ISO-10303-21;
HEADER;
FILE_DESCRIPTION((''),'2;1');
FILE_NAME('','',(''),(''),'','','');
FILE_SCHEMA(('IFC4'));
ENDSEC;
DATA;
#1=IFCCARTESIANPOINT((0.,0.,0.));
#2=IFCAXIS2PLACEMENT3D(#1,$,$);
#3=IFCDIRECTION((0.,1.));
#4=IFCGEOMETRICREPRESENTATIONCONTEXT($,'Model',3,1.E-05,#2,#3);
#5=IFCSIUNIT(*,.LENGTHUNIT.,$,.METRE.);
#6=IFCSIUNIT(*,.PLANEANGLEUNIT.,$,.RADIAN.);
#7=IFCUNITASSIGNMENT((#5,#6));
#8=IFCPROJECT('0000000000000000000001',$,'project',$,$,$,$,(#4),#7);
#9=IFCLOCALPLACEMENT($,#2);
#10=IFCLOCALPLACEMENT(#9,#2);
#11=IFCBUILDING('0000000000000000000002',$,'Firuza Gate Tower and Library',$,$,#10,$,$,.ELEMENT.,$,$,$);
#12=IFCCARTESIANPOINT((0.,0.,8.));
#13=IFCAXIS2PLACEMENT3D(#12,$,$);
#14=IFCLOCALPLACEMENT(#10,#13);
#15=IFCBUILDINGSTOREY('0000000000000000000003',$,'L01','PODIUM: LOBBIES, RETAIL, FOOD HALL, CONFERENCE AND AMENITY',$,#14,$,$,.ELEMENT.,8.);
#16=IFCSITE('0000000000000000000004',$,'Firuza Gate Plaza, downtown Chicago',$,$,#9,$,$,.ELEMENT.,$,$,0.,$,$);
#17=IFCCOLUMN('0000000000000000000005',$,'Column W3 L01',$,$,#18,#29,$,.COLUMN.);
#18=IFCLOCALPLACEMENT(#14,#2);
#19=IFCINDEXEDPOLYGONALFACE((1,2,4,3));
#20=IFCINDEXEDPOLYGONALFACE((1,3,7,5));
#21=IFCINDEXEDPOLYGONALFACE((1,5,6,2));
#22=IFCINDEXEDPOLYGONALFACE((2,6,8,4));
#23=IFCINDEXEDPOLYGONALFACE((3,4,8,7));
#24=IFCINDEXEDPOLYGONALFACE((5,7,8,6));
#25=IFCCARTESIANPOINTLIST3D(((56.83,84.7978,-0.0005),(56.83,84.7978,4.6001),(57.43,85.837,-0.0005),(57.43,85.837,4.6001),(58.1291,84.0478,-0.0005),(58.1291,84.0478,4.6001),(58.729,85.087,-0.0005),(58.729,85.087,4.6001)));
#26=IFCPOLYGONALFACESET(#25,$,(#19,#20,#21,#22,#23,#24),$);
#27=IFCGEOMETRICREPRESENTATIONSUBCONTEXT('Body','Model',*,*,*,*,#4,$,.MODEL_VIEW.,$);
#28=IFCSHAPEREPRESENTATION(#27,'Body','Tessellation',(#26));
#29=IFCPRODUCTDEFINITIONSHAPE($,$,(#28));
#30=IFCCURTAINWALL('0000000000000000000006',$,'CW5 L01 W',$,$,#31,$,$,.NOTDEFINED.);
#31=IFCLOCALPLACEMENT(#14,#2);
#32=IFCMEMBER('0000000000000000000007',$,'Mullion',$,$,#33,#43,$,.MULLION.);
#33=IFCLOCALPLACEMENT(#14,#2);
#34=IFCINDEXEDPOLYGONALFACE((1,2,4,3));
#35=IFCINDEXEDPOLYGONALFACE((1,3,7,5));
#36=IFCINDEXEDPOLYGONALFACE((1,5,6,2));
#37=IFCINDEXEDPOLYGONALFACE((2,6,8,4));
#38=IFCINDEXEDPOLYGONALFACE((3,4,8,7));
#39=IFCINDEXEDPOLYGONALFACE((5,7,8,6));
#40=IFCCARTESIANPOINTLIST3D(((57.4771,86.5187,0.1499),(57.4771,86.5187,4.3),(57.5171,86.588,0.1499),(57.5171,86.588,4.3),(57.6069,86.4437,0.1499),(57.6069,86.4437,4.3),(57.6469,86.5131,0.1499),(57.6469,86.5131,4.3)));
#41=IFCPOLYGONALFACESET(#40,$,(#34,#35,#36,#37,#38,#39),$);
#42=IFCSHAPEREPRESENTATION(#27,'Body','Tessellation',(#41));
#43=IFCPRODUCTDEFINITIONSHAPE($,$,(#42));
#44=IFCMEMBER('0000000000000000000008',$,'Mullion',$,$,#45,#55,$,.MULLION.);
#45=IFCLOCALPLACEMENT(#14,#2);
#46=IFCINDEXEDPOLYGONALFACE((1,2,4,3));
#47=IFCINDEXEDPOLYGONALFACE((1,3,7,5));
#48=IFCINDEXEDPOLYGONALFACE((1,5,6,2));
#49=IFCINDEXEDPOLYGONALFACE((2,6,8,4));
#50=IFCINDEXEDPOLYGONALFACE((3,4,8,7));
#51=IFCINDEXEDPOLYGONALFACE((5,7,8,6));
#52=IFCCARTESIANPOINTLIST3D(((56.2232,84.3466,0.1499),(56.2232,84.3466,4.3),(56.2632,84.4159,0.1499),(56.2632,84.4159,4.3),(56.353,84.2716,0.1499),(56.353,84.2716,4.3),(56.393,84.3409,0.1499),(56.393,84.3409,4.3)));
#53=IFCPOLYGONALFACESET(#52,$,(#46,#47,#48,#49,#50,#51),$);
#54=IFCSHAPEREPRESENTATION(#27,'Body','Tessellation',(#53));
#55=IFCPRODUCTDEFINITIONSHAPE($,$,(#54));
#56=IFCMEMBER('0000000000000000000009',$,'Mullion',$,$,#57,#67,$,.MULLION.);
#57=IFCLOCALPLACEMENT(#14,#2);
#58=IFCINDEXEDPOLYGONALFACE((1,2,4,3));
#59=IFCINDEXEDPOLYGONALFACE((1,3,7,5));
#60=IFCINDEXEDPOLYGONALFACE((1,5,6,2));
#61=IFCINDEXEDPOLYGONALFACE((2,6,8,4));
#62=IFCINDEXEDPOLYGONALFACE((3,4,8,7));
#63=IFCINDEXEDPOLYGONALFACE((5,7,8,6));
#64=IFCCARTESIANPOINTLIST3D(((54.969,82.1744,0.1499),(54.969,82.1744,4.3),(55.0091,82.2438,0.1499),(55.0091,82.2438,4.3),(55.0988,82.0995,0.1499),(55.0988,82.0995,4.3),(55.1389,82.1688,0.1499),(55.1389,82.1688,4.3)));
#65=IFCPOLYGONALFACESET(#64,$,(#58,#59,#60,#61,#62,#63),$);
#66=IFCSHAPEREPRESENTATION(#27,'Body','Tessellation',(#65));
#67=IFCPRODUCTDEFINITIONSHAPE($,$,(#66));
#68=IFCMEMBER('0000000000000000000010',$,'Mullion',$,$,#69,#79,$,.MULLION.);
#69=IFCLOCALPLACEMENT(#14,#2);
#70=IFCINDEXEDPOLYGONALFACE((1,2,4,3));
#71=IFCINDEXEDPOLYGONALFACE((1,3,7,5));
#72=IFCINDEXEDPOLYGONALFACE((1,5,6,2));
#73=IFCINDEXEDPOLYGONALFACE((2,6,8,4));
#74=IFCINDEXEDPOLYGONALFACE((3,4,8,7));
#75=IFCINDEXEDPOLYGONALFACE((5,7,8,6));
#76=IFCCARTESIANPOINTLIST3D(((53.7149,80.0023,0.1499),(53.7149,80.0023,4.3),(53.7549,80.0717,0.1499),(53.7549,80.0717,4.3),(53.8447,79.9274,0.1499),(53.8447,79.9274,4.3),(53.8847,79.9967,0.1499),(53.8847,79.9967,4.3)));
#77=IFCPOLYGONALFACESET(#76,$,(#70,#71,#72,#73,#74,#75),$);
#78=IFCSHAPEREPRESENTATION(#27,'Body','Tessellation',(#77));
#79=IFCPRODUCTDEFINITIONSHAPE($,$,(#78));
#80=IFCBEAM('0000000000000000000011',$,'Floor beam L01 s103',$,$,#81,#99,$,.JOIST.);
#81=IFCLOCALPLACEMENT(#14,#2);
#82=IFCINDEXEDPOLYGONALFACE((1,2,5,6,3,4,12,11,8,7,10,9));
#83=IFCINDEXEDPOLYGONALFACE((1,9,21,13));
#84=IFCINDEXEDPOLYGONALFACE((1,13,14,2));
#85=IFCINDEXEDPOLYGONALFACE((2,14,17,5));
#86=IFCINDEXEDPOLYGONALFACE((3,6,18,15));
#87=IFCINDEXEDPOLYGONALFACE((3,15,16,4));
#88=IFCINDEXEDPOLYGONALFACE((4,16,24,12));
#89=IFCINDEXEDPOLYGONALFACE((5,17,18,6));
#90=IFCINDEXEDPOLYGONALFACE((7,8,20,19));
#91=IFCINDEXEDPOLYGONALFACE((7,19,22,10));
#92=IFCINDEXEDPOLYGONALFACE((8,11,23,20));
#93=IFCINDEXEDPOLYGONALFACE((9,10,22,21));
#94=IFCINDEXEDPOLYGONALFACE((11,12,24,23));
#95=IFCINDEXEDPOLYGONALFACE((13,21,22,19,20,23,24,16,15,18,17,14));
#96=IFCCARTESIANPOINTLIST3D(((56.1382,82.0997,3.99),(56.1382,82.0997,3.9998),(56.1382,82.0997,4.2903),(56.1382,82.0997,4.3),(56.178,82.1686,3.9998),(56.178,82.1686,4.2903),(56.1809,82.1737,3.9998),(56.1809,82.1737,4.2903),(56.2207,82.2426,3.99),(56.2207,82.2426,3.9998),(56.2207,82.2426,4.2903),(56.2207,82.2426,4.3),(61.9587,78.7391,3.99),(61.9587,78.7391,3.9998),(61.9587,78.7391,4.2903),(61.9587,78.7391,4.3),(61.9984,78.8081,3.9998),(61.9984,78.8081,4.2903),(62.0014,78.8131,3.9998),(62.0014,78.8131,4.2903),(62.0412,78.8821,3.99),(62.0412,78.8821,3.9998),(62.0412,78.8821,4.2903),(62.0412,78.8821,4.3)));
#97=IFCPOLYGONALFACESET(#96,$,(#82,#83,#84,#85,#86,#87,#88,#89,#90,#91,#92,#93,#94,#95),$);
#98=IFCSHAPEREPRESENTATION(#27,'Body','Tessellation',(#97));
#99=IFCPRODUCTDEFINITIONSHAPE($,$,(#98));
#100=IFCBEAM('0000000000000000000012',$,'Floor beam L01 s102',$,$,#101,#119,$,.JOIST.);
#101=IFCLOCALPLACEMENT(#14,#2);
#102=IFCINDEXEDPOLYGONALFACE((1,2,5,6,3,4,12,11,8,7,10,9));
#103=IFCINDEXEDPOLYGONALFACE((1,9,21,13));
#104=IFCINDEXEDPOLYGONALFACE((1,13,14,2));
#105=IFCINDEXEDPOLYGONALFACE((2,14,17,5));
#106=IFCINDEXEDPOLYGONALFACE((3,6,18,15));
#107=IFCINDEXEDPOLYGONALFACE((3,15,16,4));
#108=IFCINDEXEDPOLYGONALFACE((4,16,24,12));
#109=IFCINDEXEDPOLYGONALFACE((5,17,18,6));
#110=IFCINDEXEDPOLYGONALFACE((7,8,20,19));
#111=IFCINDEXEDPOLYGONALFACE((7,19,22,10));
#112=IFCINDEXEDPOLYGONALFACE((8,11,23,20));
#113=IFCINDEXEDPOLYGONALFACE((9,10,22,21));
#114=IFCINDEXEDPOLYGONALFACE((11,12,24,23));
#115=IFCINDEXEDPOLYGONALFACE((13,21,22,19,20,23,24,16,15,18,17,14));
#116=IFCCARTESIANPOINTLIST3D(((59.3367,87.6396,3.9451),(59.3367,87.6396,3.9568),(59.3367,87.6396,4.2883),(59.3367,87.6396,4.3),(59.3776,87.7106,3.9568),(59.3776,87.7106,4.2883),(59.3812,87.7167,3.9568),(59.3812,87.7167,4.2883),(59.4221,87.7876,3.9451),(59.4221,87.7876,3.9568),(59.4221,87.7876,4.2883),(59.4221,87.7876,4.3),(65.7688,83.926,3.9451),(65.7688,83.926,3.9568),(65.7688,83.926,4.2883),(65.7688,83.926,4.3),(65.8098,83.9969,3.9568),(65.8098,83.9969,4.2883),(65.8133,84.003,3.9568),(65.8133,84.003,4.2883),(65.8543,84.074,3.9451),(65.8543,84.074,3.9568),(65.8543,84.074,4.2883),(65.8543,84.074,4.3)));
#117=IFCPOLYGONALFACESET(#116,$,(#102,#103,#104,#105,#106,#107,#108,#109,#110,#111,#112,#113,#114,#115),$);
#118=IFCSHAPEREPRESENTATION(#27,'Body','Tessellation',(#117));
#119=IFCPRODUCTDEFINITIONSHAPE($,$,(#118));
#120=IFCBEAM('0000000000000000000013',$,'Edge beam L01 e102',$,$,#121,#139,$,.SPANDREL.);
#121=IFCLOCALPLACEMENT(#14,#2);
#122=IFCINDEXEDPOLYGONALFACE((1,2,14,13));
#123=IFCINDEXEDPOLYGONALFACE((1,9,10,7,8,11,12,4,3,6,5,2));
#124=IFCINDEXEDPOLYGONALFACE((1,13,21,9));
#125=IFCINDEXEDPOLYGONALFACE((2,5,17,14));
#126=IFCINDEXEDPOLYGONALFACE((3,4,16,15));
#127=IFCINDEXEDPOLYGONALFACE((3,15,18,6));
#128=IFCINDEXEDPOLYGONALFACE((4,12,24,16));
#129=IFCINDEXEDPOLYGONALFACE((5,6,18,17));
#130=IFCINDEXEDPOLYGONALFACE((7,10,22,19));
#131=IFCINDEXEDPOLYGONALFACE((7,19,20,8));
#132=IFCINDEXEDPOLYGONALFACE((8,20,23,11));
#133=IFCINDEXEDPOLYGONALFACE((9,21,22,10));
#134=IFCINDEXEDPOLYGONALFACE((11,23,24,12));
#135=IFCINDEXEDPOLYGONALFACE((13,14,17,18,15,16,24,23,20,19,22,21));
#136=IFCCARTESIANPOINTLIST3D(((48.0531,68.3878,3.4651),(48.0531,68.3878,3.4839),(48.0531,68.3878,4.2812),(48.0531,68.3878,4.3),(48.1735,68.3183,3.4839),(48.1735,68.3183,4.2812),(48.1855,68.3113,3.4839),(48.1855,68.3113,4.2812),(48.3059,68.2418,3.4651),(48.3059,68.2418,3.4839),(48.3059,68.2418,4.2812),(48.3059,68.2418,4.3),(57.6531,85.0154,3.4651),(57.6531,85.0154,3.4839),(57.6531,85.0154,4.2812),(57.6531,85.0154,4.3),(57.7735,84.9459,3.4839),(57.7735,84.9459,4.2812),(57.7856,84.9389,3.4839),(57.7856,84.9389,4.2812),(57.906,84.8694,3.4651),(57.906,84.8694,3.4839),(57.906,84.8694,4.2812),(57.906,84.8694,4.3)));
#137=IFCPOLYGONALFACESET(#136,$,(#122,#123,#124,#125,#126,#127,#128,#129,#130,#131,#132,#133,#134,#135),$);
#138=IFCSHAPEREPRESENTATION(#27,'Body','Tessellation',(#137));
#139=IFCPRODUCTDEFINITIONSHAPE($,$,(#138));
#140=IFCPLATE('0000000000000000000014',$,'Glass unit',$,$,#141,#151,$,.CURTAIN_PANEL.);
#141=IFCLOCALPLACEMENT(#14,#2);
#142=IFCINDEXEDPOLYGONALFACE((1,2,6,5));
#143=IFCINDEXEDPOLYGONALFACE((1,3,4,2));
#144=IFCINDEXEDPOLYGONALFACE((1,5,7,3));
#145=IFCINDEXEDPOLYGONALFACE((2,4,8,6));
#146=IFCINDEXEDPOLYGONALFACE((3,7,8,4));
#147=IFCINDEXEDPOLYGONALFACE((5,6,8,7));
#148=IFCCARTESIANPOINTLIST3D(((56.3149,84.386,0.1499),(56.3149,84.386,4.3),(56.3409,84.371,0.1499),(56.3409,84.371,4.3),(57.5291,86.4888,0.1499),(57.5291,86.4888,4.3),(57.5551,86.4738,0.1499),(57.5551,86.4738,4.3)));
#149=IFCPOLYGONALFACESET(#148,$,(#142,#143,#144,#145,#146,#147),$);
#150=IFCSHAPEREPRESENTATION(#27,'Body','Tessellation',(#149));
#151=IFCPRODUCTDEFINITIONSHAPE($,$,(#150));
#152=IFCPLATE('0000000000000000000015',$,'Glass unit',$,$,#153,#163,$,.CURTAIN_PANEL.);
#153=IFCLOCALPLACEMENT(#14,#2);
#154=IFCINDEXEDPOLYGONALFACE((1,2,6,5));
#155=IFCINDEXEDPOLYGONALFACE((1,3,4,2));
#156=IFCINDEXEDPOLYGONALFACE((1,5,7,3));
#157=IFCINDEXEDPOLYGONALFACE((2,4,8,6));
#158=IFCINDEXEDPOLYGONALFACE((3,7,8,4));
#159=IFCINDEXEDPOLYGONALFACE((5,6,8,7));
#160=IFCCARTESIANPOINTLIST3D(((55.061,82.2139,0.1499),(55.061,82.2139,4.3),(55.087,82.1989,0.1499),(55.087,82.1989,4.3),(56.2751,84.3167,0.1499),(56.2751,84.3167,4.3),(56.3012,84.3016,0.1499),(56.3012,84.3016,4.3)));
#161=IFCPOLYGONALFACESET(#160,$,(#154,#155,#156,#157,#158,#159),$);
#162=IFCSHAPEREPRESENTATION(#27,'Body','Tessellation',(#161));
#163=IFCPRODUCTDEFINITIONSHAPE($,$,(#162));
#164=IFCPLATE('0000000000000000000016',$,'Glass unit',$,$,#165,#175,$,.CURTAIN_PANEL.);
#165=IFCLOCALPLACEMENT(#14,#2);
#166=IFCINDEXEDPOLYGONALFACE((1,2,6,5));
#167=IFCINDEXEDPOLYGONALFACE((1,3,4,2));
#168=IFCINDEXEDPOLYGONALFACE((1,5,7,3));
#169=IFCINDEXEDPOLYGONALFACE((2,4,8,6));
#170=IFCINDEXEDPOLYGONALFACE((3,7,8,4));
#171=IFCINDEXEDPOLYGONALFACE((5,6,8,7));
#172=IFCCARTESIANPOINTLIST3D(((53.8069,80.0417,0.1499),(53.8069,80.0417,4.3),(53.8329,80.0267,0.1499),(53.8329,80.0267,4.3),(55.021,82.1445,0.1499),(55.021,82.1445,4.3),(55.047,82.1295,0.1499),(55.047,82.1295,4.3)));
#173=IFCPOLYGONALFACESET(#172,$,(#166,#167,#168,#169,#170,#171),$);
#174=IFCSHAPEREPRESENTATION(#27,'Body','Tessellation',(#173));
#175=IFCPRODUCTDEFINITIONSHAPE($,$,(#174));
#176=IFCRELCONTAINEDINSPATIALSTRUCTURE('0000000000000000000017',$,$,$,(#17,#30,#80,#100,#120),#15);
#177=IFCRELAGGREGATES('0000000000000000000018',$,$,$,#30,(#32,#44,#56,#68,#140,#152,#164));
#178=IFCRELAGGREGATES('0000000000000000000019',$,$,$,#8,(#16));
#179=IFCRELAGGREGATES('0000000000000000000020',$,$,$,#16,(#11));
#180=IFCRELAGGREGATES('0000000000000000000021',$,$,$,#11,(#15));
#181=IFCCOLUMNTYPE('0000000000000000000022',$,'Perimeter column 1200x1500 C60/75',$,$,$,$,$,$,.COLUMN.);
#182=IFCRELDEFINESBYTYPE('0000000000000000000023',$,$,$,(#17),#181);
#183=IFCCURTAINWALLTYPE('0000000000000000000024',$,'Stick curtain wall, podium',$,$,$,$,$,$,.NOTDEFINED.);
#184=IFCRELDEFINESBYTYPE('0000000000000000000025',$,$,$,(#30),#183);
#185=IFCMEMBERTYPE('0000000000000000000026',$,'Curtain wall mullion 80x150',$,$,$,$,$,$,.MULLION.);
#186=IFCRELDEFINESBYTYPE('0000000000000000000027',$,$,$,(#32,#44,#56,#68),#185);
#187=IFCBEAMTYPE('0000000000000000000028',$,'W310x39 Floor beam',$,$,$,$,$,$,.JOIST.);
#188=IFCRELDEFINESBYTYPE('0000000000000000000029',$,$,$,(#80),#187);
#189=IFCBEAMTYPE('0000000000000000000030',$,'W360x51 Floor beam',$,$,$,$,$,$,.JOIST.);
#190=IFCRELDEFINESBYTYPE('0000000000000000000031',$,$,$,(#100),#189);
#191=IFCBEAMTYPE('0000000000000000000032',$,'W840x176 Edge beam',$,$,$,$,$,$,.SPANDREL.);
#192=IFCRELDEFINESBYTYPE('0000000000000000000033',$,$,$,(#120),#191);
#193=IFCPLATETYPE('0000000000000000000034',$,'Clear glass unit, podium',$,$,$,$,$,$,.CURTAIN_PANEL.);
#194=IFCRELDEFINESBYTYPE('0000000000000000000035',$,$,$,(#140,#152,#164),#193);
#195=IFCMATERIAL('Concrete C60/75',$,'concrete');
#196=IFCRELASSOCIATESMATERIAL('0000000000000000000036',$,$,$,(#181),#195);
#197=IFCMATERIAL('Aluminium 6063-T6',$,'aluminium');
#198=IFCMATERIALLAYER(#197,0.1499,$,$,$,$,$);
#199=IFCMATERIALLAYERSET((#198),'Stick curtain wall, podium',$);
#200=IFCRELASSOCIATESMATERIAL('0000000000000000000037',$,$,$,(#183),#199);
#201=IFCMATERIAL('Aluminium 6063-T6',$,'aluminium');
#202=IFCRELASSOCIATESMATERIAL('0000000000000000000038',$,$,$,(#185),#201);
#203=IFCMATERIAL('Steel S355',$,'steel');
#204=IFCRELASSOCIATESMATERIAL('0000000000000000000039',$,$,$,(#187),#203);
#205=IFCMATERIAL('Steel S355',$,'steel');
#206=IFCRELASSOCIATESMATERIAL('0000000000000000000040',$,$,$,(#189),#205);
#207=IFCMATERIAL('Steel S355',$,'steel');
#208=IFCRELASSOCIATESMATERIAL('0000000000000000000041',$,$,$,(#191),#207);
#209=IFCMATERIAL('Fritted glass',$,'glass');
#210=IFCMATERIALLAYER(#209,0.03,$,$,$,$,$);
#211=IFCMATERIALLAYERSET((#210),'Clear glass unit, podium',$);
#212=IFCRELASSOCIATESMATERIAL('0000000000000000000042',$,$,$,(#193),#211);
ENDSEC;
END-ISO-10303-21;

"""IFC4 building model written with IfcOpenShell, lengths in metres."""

from ifc_helpers import new_model, si_unit, direction, frame, origin, origin_2d, place, context, subcontext, project, spatial, polyline, rectangle, i_section, outline, extrude, material, layer, layer_set, material_profile, profile_set, type_object, element, aggregate, save


model = new_model("IFC4")

# Units and contexts
model_context = context("Model", 3, precision=1e-05, world=origin(), true_north=direction((0.0, 1.0)))
body_context = subcontext(model_context, "Body", "Model", "MODEL_VIEW")
ifc_project = project(units=[si_unit("LENGTHUNIT", "METRE"), si_unit("PLANEANGLEUNIT", "RADIAN")], contexts=[model_context])

# Site, building, storey
site_placement = place(None, origin())
site = spatial("IfcSite", under=ifc_project, at=site_placement, Name="Firuza Gate Plaza, downtown Chicago", CompositionType="ELEMENT", RefElevation=0.0)
building_placement = place(site_placement, origin())
building = spatial("IfcBuilding", under=site, at=building_placement, Name="Firuza Gate Tower and Library", CompositionType="ELEMENT")
storey_placement = place(building_placement, frame((0.0, 0.0, 8.0)))
storey = spatial("IfcBuildingStorey", under=building, at=storey_placement, Name="L01", Description="PODIUM: LOBBIES, RETAIL, FOOD HALL, CONFERENCE AND AMENITY", CompositionType="ELEMENT", Elevation=8.0)

# Column
ifc_material_1 = material(Name="Concrete C60/75", Category="concrete")
ifc_material_profile_1 = material_profile(ifc_material_1, rectangle(XDim=1.2, YDim=1.5, at=origin_2d()))
ifc_profile_set_1 = profile_set([ifc_material_profile_1], Name="Concrete C60/75")
column_type = type_object("IfcColumnType", Name="Perimeter column 1200x1500 C60/75", PredefinedType="COLUMN", material=ifc_profile_set_1)
column_placement = place(storey_placement, frame((57.7795, 84.9424, -0.0005), z_axis=(0.0, 0.0, 1.0), x_axis=(-0.5, -0.866025, 0.0)))
element("IfcColumn", 1, at=column_placement, inside=storey, type_object=column_type, Name="Column W3 L01", PredefinedType="COLUMN", context=body_context, shape_type="SweptSolid", body=[
    extrude(rectangle(XDim=1.2, YDim=1.5, at=origin_2d()), origin(), (0.0, 0.0, 1.0), 4.6006),
])

# Curtain wall, members
ifc_material_2 = material(Name="Aluminium 6063-T6", Category="aluminium")
ifc_layer_1 = layer(ifc_material_2, 0.1499)
ifc_layer_set_1 = layer_set([ifc_layer_1], Name="Stick curtain wall, podium")
curtain_wall_type = type_object("IfcCurtainWallType", Name="Stick curtain wall, podium", PredefinedType="NOTDEFINED", material=ifc_layer_set_1)
curtain_wall_placement = place(storey_placement, origin())
curtain_wall = element("IfcCurtainWall", 2, at=curtain_wall_placement, inside=storey, type_object=curtain_wall_type, Name="CW5 L01 W", PredefinedType="NOTDEFINED")
ifc_material_3 = material(Name="Aluminium 6063-T6", Category="aluminium")
ifc_material_profile_2 = material_profile(ifc_material_3, rectangle(XDim=0.1499, YDim=0.0801, at=origin_2d()))
ifc_profile_set_2 = profile_set([ifc_material_profile_2], Name="Aluminium 6063-T6")
member_type = type_object("IfcMemberType", Name="Curtain wall mullion 80x150", PredefinedType="MULLION", material=ifc_profile_set_2)
member_1_placement = place(storey_placement, frame((57.562, 86.5159, 0.1499), z_axis=(0.0, 0.0, 1.0), x_axis=(0.866025, -0.5, 0.0)))
member_1 = element("IfcMember", 3, at=member_1_placement, type_object=member_type, Name="Mullion", PredefinedType="MULLION", context=body_context, shape_type="SweptSolid", body=[
    extrude(rectangle(XDim=0.1499, YDim=0.0801, at=origin_2d()), origin(), (0.0, 0.0, 1.0), 4.1501),
])
member_2_placement = place(storey_placement, frame((56.3081, 84.3438, 0.1499), z_axis=(0.0, 0.0, 1.0), x_axis=(0.866025, -0.5, 0.0)))
member_2 = element("IfcMember", 4, at=member_2_placement, type_object=member_type, Name="Mullion", PredefinedType="MULLION", context=body_context, shape_type="SweptSolid", body=[
    extrude(rectangle(XDim=0.1499, YDim=0.0801, at=origin_2d()), origin(), (0.0, 0.0, 1.0), 4.1501),
])
member_3_placement = place(storey_placement, frame((55.054, 82.1716, 0.1499), z_axis=(0.0, 0.0, 1.0), x_axis=(0.866025, -0.5, 0.0)))
member_3 = element("IfcMember", 5, at=member_3_placement, type_object=member_type, Name="Mullion", PredefinedType="MULLION", context=body_context, shape_type="SweptSolid", body=[
    extrude(rectangle(XDim=0.1499, YDim=0.0801, at=origin_2d()), origin(), (0.0, 0.0, 1.0), 4.1501),
])
member_4_placement = place(storey_placement, frame((53.7998, 79.9995, 0.1499), z_axis=(0.0, 0.0, 1.0), x_axis=(0.866025, -0.5, 0.0)))
member_4 = element("IfcMember", 6, at=member_4_placement, type_object=member_type, Name="Mullion", PredefinedType="MULLION", context=body_context, shape_type="SweptSolid", body=[
    extrude(rectangle(XDim=0.1499, YDim=0.0801, at=origin_2d()), origin(), (0.0, 0.0, 1.0), 4.1501),
])

# Beams
ifc_material_4 = material(Name="Steel S355", Category="steel")
ifc_material_profile_3 = material_profile(ifc_material_4, i_section(OverallWidth=0.165, OverallDepth=0.3101, WebThickness=0.0059, FlangeThickness=0.0098, at=origin_2d()))
ifc_profile_set_3 = profile_set([ifc_material_profile_3], Name="Steel S355")
beam_type_1 = type_object("IfcBeamType", Name="W310x39 Floor beam", PredefinedType="JOIST", material=ifc_profile_set_3)
beam_1_placement = place(storey_placement, frame((56.1794, 82.1711, 4.145), z_axis=(0.866019, -0.500011, 0.0), x_axis=(0.500011, 0.866019, 0.0)))
element("IfcBeam", 7, at=beam_1_placement, inside=storey, type_object=beam_type_1, Name="Floor beam L01 s103", PredefinedType="JOIST", context=body_context, shape_type="SweptSolid", body=[
    extrude(i_section(OverallWidth=0.165, OverallDepth=0.3101, WebThickness=0.0059, FlangeThickness=0.0098, at=origin_2d()), origin(), (0.0, 0.0, 1.0), 6.7209),
])
ifc_material_5 = material(Name="Steel S355", Category="steel")
ifc_material_profile_4 = material_profile(ifc_material_5, i_section(OverallWidth=0.1709, OverallDepth=0.355, WebThickness=0.0071, FlangeThickness=0.0117, at=origin_2d()))
ifc_profile_set_4 = profile_set([ifc_material_profile_4], Name="Steel S355")
beam_type_2 = type_object("IfcBeamType", Name="W360x51 Floor beam", PredefinedType="JOIST", material=ifc_profile_set_4)
beam_2_placement = place(storey_placement, frame((59.3794, 87.7136, 4.1226), z_axis=(0.866024, -0.500003, 0.0), x_axis=(0.500003, 0.866024, 0.0)))
element("IfcBeam", 8, at=beam_2_placement, inside=storey, type_object=beam_type_2, Name="Floor beam L01 s102", PredefinedType="JOIST", context=body_context, shape_type="SweptSolid", body=[
    extrude(i_section(OverallWidth=0.1709, OverallDepth=0.355, WebThickness=0.0071, FlangeThickness=0.0117, at=origin_2d()), origin(), (0.0, 0.0, 1.0), 7.4272),
])
ifc_material_6 = material(Name="Steel S355", Category="steel")
ifc_material_profile_5 = material_profile(ifc_material_6, i_section(OverallWidth=0.292, OverallDepth=0.835, WebThickness=0.0139, FlangeThickness=0.0188, at=origin_2d()))
ifc_profile_set_5 = profile_set([ifc_material_profile_5], Name="Steel S355")
beam_type_3 = type_object("IfcBeamType", Name="W840x176 Edge beam", PredefinedType="SPANDREL", material=ifc_profile_set_5)
beam_3_placement = place(storey_placement, frame((57.7795, 84.9424, 3.8826), z_axis=(-0.500004, -0.866023, 0.0), x_axis=(0.866023, -0.500004, 0.0)))
element("IfcBeam", 9, at=beam_3_placement, inside=storey, type_object=beam_type_3, Name="Edge beam L01 e102", PredefinedType="SPANDREL", context=body_context, shape_type="SweptSolid", body=[
    extrude(i_section(OverallWidth=0.292, OverallDepth=0.835, WebThickness=0.0139, FlangeThickness=0.0188, at=origin_2d()), origin(), (0.0, 0.0, 1.0), 19.2),
])

# Plates
ifc_material_7 = material(Name="Fritted glass", Category="glass")
ifc_layer_2 = layer(ifc_material_7, 0.03)
ifc_layer_set_2 = layer_set([ifc_layer_2], Name="Clear glass unit, podium")
plate_type = type_object("IfcPlateType", Name="Clear glass unit, podium", PredefinedType="CURTAIN_PANEL", material=ifc_layer_set_2)
plate_1_placement = place(storey_placement, frame((57.5291, 86.4888, 0.1499), z_axis=(-0.866013, 0.500021, 0.0), x_axis=(-0.500021, -0.866013, 0.0)))
plate_1 = element("IfcPlate", 10, at=plate_1_placement, type_object=plate_type, Name="Glass unit", PredefinedType="CURTAIN_PANEL", context=body_context, shape_type="SweptSolid", body=[
    extrude(outline(polyline([(0.0, 0.0), (2.4281, 0.0), (2.4281, 4.1501), (0.0, 4.1501), (0.0, 0.0)])), origin(), (0.0, 0.0, -1.0), 0.03),
])
plate_2_placement = place(storey_placement, frame((56.2751, 84.3167, 0.1499), z_axis=(-0.866013, 0.500021, 0.0), x_axis=(-0.500021, -0.866013, 0.0)))
plate_2 = element("IfcPlate", 11, at=plate_2_placement, type_object=plate_type, Name="Glass unit", PredefinedType="CURTAIN_PANEL", context=body_context, shape_type="SweptSolid", body=[
    extrude(outline(polyline([(0.0, 0.0), (2.4281, 0.0), (2.4281, 4.1501), (0.0, 4.1501), (0.0, 0.0)])), origin(), (0.0, 0.0, -1.0), 0.03),
])
plate_3_placement = place(storey_placement, frame((55.021, 82.1445, 0.1499), z_axis=(-0.866013, 0.500021, 0.0), x_axis=(-0.500021, -0.866013, 0.0)))
plate_3 = element("IfcPlate", 12, at=plate_3_placement, type_object=plate_type, Name="Glass unit", PredefinedType="CURTAIN_PANEL", context=body_context, shape_type="SweptSolid", body=[
    extrude(outline(polyline([(0.0, 0.0), (2.4281, 0.0), (2.4281, 4.1501), (0.0, 4.1501), (0.0, 0.0)])), origin(), (0.0, 0.0, -1.0), 0.03),
])
aggregate(curtain_wall, [member_1, member_2, member_3, member_4, plate_1, plate_2, plate_3])

save(model, "model.ifc")
